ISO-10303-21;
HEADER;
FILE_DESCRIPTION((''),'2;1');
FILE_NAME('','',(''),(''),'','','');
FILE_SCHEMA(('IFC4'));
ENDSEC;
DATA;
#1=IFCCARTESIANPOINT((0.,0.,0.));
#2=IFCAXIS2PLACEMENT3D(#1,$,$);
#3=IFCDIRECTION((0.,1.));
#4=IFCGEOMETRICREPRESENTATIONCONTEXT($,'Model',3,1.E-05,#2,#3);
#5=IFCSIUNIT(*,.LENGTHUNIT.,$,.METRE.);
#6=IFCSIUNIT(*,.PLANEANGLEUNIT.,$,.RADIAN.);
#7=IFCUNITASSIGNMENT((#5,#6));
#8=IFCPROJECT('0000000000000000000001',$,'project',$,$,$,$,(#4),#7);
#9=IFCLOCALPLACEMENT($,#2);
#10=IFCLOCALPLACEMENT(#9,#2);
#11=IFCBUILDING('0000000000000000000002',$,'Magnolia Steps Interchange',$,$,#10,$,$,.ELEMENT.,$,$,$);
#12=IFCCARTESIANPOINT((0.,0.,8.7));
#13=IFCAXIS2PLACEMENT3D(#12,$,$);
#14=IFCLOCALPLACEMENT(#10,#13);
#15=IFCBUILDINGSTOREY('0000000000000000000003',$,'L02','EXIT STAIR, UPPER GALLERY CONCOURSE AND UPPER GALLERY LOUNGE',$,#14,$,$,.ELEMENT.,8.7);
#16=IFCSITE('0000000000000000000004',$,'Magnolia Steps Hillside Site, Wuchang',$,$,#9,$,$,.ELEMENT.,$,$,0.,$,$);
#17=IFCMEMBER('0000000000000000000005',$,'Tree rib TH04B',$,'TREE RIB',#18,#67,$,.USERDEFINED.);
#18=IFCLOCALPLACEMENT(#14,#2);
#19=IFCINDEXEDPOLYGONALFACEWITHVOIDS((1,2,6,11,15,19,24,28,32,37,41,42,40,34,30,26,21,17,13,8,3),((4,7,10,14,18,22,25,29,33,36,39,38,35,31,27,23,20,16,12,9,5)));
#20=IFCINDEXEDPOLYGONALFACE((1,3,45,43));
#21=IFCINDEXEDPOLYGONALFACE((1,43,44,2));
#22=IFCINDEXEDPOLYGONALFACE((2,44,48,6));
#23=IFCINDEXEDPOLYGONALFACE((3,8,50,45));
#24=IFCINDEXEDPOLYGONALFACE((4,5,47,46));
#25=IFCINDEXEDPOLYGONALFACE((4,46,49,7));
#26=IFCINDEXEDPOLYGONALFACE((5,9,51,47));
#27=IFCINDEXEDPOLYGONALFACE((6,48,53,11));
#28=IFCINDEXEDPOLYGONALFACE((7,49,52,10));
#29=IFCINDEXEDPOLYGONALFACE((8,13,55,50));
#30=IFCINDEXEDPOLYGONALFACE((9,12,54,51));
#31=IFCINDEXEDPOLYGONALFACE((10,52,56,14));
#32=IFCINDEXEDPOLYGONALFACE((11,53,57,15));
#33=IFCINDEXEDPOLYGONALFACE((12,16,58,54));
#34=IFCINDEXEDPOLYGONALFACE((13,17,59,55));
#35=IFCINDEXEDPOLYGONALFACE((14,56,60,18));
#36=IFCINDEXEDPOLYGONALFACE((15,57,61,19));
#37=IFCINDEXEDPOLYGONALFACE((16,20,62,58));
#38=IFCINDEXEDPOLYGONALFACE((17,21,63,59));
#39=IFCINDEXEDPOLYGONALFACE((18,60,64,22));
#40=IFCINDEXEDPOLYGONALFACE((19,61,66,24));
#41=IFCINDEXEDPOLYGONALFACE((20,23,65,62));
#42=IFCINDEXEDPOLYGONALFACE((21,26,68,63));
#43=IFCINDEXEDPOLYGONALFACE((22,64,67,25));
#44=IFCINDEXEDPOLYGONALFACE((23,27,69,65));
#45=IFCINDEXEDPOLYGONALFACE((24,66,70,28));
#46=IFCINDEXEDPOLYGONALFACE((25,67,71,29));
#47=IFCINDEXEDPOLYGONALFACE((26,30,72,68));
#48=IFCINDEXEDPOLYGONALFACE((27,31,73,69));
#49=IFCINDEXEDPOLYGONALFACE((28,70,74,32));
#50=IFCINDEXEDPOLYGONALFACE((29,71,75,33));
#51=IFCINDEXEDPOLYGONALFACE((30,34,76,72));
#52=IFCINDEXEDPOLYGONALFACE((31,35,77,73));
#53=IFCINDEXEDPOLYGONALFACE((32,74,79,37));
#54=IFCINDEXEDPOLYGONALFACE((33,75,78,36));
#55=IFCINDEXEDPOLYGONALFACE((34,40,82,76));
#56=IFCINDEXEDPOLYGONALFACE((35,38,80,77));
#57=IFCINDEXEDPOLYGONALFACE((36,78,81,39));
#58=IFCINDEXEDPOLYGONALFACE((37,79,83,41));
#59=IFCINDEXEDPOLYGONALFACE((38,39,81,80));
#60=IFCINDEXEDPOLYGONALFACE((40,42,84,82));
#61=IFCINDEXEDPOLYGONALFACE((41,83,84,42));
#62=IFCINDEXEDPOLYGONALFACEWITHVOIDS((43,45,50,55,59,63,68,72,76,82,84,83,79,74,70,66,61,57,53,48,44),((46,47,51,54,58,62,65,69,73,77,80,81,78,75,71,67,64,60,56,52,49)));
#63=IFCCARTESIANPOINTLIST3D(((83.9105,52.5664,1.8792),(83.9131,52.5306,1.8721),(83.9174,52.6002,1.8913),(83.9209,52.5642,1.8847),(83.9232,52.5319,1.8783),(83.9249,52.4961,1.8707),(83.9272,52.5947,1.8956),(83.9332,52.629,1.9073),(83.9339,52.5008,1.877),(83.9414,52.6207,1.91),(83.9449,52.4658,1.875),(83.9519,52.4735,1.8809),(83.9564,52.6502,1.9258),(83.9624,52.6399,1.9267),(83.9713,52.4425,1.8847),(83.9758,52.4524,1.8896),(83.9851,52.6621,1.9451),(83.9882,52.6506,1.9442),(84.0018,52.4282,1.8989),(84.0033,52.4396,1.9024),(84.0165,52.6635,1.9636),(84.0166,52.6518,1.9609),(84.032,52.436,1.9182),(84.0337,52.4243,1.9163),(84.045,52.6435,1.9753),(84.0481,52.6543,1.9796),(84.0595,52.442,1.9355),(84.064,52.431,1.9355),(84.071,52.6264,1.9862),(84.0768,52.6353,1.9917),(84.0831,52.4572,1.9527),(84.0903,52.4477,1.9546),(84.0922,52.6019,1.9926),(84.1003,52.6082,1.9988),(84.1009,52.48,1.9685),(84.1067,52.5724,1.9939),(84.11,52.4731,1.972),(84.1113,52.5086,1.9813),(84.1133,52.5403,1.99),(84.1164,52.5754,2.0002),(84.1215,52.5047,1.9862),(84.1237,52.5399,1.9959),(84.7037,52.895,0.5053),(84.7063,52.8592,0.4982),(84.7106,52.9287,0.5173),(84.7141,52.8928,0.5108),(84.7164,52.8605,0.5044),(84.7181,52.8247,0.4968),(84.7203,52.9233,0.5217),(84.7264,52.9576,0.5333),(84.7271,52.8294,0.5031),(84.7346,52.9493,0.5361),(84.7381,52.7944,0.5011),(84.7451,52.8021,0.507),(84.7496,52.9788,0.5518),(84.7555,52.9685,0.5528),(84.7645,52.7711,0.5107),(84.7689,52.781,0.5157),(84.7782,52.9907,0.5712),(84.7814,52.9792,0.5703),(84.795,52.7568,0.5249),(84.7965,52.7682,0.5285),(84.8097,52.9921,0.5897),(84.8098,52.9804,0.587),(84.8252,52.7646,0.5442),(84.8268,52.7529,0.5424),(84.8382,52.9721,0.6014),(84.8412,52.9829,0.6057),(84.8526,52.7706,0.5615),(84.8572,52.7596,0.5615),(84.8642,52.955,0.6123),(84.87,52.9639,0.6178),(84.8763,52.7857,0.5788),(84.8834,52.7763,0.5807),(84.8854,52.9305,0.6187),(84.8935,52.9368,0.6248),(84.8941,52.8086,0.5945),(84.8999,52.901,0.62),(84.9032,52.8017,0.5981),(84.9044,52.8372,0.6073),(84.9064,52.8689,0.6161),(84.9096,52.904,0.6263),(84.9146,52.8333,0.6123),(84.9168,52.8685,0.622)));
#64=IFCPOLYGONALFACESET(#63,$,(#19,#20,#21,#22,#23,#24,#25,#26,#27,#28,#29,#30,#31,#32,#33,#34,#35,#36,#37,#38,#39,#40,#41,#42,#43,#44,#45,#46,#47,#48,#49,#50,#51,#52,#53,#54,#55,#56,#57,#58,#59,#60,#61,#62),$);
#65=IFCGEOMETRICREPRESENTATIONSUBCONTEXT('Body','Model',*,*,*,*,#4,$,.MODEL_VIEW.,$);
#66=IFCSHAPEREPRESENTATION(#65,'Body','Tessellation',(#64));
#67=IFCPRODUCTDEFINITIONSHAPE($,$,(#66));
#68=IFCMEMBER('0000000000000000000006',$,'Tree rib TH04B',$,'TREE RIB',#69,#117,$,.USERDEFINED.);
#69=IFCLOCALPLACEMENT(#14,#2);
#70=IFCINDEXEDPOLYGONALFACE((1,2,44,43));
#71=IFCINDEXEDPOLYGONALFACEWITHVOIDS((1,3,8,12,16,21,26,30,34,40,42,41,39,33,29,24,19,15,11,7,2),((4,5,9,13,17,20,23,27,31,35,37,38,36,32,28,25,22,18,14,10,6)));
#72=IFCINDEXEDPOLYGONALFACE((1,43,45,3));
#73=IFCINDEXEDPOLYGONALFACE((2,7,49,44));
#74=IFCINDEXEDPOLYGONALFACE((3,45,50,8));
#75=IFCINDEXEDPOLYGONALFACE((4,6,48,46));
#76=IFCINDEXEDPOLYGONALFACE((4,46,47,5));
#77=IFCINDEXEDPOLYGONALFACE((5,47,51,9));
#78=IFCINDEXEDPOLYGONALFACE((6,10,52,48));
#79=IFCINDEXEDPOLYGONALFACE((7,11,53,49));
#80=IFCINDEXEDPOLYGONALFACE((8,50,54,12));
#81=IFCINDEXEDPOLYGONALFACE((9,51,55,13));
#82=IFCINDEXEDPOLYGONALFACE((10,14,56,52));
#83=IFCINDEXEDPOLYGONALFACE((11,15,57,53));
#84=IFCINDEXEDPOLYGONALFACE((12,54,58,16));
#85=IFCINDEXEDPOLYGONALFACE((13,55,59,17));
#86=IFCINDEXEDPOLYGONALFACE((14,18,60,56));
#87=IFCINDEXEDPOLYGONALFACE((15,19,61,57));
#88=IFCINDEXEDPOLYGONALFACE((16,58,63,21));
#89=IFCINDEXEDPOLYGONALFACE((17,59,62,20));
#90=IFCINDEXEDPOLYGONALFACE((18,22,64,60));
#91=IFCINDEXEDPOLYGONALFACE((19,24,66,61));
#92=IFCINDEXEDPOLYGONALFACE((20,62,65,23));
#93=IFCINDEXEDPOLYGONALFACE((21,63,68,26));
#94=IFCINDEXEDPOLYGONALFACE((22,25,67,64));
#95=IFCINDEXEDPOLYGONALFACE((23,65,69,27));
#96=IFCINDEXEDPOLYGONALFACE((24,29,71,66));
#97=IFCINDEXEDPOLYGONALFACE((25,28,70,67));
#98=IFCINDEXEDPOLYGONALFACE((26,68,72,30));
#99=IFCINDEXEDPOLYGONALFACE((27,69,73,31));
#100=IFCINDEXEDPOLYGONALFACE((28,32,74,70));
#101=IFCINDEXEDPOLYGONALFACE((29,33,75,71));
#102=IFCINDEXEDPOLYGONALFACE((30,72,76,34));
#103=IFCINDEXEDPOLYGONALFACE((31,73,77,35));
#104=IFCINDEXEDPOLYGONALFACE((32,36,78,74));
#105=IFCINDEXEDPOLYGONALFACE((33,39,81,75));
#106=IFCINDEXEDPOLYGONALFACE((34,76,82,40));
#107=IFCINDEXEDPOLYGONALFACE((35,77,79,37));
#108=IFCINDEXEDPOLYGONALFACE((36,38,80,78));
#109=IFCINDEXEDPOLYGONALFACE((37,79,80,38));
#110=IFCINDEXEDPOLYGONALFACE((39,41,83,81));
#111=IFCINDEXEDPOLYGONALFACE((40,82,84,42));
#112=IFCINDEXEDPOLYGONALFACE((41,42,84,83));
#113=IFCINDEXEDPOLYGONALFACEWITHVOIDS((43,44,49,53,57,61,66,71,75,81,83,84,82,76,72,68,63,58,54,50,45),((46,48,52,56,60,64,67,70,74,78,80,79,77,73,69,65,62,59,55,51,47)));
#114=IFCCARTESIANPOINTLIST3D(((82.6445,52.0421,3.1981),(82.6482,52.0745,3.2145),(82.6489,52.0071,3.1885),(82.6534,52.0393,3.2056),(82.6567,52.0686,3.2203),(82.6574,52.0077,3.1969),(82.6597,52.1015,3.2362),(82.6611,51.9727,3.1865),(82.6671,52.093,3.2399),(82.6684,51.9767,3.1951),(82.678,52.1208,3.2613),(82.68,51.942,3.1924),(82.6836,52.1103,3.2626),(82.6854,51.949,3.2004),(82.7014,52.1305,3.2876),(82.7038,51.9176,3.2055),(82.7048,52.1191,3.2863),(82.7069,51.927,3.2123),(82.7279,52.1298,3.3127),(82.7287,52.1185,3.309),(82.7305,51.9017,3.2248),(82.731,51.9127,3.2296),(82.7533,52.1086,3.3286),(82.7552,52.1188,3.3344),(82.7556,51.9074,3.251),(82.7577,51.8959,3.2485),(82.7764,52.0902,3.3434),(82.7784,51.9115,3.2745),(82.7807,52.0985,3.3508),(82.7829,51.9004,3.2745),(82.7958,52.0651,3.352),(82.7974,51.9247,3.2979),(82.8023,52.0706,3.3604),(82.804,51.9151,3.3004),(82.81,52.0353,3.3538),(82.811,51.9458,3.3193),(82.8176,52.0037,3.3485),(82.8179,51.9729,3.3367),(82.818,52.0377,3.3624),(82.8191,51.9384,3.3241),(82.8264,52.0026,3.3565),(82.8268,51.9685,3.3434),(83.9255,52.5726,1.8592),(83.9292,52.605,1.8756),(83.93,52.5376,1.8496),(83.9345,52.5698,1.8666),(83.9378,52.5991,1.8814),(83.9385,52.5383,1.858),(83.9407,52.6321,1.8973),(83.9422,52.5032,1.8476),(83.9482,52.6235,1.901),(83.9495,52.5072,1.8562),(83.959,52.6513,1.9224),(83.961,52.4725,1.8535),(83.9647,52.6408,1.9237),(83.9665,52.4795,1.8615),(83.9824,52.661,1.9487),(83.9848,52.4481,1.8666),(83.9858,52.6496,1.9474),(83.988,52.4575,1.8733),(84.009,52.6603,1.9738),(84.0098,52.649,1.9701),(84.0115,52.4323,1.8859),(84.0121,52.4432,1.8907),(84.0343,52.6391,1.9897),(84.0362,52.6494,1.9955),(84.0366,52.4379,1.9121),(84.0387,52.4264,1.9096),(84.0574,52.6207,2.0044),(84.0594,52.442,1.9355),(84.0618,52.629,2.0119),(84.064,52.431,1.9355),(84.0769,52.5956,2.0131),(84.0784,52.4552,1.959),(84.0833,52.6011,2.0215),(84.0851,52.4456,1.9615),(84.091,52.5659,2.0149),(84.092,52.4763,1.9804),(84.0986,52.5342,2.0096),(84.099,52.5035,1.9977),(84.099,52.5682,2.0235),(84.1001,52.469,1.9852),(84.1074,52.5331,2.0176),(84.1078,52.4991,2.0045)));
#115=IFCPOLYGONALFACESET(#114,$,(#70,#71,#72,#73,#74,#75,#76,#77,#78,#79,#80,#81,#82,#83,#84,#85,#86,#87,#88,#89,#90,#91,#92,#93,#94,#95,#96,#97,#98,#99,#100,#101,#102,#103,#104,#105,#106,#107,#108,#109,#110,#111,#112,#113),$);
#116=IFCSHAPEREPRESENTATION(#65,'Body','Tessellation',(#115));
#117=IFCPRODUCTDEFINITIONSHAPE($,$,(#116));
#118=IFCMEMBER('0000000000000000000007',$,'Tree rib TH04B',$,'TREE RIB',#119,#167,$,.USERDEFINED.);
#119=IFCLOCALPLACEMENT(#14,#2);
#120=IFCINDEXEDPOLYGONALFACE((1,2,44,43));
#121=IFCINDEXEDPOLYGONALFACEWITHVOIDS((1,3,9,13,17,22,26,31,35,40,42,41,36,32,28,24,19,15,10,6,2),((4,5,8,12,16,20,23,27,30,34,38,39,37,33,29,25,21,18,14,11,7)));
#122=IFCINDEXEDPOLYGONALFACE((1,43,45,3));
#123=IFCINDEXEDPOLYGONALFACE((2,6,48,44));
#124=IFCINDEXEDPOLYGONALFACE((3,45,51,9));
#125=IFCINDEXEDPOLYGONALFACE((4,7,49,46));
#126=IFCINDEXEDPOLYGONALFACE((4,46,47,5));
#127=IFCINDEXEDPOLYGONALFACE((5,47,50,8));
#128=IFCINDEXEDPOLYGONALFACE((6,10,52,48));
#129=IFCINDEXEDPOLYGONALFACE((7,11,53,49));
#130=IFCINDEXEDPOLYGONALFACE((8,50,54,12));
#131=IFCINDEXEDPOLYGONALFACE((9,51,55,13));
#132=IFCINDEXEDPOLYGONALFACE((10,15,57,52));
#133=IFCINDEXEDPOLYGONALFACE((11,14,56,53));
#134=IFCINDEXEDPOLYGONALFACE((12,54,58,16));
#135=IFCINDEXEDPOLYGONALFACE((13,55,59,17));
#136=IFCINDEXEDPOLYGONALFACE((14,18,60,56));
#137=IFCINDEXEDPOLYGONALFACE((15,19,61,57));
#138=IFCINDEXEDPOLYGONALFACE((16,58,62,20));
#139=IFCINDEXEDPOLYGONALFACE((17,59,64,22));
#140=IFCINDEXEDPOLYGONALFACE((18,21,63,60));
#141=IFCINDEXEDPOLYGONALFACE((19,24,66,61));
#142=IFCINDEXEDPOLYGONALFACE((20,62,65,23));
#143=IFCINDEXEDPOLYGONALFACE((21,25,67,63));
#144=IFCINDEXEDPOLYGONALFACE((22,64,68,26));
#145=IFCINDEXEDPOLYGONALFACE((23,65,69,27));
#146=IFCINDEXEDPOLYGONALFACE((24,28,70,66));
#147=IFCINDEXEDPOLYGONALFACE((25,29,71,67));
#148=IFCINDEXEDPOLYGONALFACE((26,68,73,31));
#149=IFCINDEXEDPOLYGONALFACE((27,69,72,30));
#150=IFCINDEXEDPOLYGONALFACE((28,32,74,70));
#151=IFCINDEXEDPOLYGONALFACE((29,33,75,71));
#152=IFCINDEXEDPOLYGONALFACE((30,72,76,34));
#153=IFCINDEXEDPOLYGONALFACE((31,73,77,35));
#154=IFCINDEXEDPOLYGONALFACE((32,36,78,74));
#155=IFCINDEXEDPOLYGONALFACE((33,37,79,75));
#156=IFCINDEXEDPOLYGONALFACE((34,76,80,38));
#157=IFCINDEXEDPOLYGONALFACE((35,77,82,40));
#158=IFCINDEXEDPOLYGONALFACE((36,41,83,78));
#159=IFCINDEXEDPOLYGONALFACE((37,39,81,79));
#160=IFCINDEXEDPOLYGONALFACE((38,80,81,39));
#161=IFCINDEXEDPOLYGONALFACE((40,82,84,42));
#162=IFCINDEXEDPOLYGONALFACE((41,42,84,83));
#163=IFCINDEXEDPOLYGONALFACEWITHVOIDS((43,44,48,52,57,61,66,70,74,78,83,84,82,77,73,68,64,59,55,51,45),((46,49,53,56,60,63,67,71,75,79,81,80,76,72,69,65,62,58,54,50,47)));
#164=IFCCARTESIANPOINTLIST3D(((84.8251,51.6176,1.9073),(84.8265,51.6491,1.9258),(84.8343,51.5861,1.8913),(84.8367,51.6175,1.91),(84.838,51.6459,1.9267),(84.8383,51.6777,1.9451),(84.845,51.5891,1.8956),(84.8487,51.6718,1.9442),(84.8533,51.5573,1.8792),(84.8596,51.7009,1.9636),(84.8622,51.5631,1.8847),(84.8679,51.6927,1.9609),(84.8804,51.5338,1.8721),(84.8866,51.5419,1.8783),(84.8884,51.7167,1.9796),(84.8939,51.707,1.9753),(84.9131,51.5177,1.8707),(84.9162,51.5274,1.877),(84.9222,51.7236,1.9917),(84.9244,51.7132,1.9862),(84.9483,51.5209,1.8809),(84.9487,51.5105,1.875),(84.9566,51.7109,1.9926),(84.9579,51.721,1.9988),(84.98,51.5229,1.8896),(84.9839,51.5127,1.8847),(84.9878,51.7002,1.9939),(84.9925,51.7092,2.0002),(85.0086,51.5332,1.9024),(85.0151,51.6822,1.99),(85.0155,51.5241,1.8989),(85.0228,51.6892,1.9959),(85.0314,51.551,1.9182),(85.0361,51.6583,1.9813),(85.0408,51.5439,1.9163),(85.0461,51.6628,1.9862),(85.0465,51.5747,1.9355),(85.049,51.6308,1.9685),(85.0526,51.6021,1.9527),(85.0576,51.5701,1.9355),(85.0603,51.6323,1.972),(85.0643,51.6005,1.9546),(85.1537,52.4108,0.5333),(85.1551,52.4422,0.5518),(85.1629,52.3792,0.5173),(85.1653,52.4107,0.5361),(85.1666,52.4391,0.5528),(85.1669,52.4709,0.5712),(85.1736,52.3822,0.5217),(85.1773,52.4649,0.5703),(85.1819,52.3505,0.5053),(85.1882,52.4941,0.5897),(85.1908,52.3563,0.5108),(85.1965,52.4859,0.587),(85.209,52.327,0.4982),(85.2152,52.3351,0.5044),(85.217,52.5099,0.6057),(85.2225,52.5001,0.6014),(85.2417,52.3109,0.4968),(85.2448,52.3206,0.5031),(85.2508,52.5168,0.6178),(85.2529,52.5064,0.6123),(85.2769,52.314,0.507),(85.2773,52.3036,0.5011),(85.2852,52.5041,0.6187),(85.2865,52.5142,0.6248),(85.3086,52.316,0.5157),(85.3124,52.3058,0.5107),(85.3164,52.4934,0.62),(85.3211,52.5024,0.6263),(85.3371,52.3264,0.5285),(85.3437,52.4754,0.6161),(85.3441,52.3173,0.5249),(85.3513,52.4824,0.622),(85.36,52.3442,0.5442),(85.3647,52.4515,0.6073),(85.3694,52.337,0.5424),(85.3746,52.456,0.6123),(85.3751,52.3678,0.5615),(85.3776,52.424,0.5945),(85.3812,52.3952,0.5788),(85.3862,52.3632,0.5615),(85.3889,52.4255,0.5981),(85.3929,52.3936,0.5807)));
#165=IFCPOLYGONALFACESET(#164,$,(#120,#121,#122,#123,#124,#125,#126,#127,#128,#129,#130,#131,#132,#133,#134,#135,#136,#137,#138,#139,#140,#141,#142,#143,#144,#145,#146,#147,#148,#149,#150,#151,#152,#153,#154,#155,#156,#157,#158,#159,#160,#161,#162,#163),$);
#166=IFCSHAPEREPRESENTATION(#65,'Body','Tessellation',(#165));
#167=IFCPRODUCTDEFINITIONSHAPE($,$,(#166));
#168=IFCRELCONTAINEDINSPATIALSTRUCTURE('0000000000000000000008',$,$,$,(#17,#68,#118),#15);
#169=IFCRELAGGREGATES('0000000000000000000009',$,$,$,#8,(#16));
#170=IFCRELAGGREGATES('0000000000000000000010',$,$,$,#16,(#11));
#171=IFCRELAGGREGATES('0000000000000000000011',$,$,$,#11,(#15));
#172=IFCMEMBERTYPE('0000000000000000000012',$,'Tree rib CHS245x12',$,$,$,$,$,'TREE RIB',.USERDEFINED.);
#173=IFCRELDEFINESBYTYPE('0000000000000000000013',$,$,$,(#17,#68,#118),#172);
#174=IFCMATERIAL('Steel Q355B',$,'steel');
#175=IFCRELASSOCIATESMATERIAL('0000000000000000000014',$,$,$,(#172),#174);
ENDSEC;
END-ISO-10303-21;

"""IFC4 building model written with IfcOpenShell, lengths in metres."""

from ifc_helpers import new_model, si_unit, direction, frame, origin, origin_2d, place, context, subcontext, project, spatial, hollow_circle, extrude, material, material_profile, profile_set, type_object, element, save


model = new_model("IFC4")

# Units and contexts
model_context = context("Model", 3, precision=1e-05, world=origin(), true_north=direction((0.0, 1.0)))
body_context = subcontext(model_context, "Body", "Model", "MODEL_VIEW")
ifc_project = project(units=[si_unit("LENGTHUNIT", "METRE"), si_unit("PLANEANGLEUNIT", "RADIAN")], contexts=[model_context])

# Site, building, storey
site_placement = place(None, origin())
site = spatial("IfcSite", under=ifc_project, at=site_placement, Name="Magnolia Steps Hillside Site, Wuchang", CompositionType="ELEMENT", RefElevation=0.0)
building_placement = place(site_placement, origin())
building = spatial("IfcBuilding", under=site, at=building_placement, Name="Magnolia Steps Interchange", CompositionType="ELEMENT")
storey_placement = place(building_placement, frame((0.0, 0.0, 8.7)))
storey = spatial("IfcBuildingStorey", under=building, at=storey_placement, Name="L02", Description="EXIT STAIR, UPPER GALLERY CONCOURSE AND UPPER GALLERY LOUNGE", CompositionType="ELEMENT", Elevation=8.7)

# Members
ifc_material_1 = material(Name="Steel Q355B", Category="steel")
ifc_material_profile_1 = material_profile(ifc_material_1, hollow_circle(Radius=0.1226, WallThickness=0.012, at=origin_2d()), Name="CHS245x12")
ifc_profile_set_1 = profile_set([ifc_material_profile_1], Name="Steel Q355B")
member_type = type_object("IfcMemberType", Name="Tree rib CHS245x12", ElementType="TREE RIB", PredefinedType="USERDEFINED", material=ifc_profile_set_1)
member_1_placement = place(storey_placement, frame((84.8103, 52.8728, 0.5615), z_axis=(-0.489571, -0.20282, 0.848047), x_axis=(0.382737, -0.923857, 0.0)))
element("IfcMember", 1, at=member_1_placement, inside=storey, type_object=member_type, Name="Tree rib TH04B", ObjectType="TREE RIB", PredefinedType="USERDEFINED", context=body_context, shape_type="SweptSolid", body=[
    extrude(hollow_circle(Radius=0.1226, WallThickness=0.012, at=origin_2d()), origin(), (0.0, 0.0, 1.0), 1.6201),
])
member_2_placement = place(storey_placement, frame((84.0171, 52.5442, 1.9355), z_axis=(-0.664618, -0.275246, 0.694638), x_axis=(0.382627, -0.923903, 0.0)))
element("IfcMember", 2, at=member_2_placement, inside=storey, type_object=member_type, Name="Tree rib TH04B", ObjectType="TREE RIB", PredefinedType="USERDEFINED", context=body_context, shape_type="SweptSolid", body=[
    extrude(hollow_circle(Radius=0.1226, WallThickness=0.012, at=origin_2d()), origin(), (0.0, 0.0, 1.0), 1.9275),
])
member_3_placement = place(storey_placement, frame((85.2729, 52.4102, 0.5615), z_axis=(-0.20282, -0.489571, 0.848047), x_axis=(0.923857, -0.382737, 0.0)))
element("IfcMember", 3, at=member_3_placement, inside=storey, type_object=member_type, Name="Tree rib TH04B", ObjectType="TREE RIB", PredefinedType="USERDEFINED", context=body_context, shape_type="SweptSolid", body=[
    extrude(hollow_circle(Radius=0.1226, WallThickness=0.012, at=origin_2d()), origin(), (0.0, 0.0, 1.0), 1.6201),
])

save(model, "model.ifc")
